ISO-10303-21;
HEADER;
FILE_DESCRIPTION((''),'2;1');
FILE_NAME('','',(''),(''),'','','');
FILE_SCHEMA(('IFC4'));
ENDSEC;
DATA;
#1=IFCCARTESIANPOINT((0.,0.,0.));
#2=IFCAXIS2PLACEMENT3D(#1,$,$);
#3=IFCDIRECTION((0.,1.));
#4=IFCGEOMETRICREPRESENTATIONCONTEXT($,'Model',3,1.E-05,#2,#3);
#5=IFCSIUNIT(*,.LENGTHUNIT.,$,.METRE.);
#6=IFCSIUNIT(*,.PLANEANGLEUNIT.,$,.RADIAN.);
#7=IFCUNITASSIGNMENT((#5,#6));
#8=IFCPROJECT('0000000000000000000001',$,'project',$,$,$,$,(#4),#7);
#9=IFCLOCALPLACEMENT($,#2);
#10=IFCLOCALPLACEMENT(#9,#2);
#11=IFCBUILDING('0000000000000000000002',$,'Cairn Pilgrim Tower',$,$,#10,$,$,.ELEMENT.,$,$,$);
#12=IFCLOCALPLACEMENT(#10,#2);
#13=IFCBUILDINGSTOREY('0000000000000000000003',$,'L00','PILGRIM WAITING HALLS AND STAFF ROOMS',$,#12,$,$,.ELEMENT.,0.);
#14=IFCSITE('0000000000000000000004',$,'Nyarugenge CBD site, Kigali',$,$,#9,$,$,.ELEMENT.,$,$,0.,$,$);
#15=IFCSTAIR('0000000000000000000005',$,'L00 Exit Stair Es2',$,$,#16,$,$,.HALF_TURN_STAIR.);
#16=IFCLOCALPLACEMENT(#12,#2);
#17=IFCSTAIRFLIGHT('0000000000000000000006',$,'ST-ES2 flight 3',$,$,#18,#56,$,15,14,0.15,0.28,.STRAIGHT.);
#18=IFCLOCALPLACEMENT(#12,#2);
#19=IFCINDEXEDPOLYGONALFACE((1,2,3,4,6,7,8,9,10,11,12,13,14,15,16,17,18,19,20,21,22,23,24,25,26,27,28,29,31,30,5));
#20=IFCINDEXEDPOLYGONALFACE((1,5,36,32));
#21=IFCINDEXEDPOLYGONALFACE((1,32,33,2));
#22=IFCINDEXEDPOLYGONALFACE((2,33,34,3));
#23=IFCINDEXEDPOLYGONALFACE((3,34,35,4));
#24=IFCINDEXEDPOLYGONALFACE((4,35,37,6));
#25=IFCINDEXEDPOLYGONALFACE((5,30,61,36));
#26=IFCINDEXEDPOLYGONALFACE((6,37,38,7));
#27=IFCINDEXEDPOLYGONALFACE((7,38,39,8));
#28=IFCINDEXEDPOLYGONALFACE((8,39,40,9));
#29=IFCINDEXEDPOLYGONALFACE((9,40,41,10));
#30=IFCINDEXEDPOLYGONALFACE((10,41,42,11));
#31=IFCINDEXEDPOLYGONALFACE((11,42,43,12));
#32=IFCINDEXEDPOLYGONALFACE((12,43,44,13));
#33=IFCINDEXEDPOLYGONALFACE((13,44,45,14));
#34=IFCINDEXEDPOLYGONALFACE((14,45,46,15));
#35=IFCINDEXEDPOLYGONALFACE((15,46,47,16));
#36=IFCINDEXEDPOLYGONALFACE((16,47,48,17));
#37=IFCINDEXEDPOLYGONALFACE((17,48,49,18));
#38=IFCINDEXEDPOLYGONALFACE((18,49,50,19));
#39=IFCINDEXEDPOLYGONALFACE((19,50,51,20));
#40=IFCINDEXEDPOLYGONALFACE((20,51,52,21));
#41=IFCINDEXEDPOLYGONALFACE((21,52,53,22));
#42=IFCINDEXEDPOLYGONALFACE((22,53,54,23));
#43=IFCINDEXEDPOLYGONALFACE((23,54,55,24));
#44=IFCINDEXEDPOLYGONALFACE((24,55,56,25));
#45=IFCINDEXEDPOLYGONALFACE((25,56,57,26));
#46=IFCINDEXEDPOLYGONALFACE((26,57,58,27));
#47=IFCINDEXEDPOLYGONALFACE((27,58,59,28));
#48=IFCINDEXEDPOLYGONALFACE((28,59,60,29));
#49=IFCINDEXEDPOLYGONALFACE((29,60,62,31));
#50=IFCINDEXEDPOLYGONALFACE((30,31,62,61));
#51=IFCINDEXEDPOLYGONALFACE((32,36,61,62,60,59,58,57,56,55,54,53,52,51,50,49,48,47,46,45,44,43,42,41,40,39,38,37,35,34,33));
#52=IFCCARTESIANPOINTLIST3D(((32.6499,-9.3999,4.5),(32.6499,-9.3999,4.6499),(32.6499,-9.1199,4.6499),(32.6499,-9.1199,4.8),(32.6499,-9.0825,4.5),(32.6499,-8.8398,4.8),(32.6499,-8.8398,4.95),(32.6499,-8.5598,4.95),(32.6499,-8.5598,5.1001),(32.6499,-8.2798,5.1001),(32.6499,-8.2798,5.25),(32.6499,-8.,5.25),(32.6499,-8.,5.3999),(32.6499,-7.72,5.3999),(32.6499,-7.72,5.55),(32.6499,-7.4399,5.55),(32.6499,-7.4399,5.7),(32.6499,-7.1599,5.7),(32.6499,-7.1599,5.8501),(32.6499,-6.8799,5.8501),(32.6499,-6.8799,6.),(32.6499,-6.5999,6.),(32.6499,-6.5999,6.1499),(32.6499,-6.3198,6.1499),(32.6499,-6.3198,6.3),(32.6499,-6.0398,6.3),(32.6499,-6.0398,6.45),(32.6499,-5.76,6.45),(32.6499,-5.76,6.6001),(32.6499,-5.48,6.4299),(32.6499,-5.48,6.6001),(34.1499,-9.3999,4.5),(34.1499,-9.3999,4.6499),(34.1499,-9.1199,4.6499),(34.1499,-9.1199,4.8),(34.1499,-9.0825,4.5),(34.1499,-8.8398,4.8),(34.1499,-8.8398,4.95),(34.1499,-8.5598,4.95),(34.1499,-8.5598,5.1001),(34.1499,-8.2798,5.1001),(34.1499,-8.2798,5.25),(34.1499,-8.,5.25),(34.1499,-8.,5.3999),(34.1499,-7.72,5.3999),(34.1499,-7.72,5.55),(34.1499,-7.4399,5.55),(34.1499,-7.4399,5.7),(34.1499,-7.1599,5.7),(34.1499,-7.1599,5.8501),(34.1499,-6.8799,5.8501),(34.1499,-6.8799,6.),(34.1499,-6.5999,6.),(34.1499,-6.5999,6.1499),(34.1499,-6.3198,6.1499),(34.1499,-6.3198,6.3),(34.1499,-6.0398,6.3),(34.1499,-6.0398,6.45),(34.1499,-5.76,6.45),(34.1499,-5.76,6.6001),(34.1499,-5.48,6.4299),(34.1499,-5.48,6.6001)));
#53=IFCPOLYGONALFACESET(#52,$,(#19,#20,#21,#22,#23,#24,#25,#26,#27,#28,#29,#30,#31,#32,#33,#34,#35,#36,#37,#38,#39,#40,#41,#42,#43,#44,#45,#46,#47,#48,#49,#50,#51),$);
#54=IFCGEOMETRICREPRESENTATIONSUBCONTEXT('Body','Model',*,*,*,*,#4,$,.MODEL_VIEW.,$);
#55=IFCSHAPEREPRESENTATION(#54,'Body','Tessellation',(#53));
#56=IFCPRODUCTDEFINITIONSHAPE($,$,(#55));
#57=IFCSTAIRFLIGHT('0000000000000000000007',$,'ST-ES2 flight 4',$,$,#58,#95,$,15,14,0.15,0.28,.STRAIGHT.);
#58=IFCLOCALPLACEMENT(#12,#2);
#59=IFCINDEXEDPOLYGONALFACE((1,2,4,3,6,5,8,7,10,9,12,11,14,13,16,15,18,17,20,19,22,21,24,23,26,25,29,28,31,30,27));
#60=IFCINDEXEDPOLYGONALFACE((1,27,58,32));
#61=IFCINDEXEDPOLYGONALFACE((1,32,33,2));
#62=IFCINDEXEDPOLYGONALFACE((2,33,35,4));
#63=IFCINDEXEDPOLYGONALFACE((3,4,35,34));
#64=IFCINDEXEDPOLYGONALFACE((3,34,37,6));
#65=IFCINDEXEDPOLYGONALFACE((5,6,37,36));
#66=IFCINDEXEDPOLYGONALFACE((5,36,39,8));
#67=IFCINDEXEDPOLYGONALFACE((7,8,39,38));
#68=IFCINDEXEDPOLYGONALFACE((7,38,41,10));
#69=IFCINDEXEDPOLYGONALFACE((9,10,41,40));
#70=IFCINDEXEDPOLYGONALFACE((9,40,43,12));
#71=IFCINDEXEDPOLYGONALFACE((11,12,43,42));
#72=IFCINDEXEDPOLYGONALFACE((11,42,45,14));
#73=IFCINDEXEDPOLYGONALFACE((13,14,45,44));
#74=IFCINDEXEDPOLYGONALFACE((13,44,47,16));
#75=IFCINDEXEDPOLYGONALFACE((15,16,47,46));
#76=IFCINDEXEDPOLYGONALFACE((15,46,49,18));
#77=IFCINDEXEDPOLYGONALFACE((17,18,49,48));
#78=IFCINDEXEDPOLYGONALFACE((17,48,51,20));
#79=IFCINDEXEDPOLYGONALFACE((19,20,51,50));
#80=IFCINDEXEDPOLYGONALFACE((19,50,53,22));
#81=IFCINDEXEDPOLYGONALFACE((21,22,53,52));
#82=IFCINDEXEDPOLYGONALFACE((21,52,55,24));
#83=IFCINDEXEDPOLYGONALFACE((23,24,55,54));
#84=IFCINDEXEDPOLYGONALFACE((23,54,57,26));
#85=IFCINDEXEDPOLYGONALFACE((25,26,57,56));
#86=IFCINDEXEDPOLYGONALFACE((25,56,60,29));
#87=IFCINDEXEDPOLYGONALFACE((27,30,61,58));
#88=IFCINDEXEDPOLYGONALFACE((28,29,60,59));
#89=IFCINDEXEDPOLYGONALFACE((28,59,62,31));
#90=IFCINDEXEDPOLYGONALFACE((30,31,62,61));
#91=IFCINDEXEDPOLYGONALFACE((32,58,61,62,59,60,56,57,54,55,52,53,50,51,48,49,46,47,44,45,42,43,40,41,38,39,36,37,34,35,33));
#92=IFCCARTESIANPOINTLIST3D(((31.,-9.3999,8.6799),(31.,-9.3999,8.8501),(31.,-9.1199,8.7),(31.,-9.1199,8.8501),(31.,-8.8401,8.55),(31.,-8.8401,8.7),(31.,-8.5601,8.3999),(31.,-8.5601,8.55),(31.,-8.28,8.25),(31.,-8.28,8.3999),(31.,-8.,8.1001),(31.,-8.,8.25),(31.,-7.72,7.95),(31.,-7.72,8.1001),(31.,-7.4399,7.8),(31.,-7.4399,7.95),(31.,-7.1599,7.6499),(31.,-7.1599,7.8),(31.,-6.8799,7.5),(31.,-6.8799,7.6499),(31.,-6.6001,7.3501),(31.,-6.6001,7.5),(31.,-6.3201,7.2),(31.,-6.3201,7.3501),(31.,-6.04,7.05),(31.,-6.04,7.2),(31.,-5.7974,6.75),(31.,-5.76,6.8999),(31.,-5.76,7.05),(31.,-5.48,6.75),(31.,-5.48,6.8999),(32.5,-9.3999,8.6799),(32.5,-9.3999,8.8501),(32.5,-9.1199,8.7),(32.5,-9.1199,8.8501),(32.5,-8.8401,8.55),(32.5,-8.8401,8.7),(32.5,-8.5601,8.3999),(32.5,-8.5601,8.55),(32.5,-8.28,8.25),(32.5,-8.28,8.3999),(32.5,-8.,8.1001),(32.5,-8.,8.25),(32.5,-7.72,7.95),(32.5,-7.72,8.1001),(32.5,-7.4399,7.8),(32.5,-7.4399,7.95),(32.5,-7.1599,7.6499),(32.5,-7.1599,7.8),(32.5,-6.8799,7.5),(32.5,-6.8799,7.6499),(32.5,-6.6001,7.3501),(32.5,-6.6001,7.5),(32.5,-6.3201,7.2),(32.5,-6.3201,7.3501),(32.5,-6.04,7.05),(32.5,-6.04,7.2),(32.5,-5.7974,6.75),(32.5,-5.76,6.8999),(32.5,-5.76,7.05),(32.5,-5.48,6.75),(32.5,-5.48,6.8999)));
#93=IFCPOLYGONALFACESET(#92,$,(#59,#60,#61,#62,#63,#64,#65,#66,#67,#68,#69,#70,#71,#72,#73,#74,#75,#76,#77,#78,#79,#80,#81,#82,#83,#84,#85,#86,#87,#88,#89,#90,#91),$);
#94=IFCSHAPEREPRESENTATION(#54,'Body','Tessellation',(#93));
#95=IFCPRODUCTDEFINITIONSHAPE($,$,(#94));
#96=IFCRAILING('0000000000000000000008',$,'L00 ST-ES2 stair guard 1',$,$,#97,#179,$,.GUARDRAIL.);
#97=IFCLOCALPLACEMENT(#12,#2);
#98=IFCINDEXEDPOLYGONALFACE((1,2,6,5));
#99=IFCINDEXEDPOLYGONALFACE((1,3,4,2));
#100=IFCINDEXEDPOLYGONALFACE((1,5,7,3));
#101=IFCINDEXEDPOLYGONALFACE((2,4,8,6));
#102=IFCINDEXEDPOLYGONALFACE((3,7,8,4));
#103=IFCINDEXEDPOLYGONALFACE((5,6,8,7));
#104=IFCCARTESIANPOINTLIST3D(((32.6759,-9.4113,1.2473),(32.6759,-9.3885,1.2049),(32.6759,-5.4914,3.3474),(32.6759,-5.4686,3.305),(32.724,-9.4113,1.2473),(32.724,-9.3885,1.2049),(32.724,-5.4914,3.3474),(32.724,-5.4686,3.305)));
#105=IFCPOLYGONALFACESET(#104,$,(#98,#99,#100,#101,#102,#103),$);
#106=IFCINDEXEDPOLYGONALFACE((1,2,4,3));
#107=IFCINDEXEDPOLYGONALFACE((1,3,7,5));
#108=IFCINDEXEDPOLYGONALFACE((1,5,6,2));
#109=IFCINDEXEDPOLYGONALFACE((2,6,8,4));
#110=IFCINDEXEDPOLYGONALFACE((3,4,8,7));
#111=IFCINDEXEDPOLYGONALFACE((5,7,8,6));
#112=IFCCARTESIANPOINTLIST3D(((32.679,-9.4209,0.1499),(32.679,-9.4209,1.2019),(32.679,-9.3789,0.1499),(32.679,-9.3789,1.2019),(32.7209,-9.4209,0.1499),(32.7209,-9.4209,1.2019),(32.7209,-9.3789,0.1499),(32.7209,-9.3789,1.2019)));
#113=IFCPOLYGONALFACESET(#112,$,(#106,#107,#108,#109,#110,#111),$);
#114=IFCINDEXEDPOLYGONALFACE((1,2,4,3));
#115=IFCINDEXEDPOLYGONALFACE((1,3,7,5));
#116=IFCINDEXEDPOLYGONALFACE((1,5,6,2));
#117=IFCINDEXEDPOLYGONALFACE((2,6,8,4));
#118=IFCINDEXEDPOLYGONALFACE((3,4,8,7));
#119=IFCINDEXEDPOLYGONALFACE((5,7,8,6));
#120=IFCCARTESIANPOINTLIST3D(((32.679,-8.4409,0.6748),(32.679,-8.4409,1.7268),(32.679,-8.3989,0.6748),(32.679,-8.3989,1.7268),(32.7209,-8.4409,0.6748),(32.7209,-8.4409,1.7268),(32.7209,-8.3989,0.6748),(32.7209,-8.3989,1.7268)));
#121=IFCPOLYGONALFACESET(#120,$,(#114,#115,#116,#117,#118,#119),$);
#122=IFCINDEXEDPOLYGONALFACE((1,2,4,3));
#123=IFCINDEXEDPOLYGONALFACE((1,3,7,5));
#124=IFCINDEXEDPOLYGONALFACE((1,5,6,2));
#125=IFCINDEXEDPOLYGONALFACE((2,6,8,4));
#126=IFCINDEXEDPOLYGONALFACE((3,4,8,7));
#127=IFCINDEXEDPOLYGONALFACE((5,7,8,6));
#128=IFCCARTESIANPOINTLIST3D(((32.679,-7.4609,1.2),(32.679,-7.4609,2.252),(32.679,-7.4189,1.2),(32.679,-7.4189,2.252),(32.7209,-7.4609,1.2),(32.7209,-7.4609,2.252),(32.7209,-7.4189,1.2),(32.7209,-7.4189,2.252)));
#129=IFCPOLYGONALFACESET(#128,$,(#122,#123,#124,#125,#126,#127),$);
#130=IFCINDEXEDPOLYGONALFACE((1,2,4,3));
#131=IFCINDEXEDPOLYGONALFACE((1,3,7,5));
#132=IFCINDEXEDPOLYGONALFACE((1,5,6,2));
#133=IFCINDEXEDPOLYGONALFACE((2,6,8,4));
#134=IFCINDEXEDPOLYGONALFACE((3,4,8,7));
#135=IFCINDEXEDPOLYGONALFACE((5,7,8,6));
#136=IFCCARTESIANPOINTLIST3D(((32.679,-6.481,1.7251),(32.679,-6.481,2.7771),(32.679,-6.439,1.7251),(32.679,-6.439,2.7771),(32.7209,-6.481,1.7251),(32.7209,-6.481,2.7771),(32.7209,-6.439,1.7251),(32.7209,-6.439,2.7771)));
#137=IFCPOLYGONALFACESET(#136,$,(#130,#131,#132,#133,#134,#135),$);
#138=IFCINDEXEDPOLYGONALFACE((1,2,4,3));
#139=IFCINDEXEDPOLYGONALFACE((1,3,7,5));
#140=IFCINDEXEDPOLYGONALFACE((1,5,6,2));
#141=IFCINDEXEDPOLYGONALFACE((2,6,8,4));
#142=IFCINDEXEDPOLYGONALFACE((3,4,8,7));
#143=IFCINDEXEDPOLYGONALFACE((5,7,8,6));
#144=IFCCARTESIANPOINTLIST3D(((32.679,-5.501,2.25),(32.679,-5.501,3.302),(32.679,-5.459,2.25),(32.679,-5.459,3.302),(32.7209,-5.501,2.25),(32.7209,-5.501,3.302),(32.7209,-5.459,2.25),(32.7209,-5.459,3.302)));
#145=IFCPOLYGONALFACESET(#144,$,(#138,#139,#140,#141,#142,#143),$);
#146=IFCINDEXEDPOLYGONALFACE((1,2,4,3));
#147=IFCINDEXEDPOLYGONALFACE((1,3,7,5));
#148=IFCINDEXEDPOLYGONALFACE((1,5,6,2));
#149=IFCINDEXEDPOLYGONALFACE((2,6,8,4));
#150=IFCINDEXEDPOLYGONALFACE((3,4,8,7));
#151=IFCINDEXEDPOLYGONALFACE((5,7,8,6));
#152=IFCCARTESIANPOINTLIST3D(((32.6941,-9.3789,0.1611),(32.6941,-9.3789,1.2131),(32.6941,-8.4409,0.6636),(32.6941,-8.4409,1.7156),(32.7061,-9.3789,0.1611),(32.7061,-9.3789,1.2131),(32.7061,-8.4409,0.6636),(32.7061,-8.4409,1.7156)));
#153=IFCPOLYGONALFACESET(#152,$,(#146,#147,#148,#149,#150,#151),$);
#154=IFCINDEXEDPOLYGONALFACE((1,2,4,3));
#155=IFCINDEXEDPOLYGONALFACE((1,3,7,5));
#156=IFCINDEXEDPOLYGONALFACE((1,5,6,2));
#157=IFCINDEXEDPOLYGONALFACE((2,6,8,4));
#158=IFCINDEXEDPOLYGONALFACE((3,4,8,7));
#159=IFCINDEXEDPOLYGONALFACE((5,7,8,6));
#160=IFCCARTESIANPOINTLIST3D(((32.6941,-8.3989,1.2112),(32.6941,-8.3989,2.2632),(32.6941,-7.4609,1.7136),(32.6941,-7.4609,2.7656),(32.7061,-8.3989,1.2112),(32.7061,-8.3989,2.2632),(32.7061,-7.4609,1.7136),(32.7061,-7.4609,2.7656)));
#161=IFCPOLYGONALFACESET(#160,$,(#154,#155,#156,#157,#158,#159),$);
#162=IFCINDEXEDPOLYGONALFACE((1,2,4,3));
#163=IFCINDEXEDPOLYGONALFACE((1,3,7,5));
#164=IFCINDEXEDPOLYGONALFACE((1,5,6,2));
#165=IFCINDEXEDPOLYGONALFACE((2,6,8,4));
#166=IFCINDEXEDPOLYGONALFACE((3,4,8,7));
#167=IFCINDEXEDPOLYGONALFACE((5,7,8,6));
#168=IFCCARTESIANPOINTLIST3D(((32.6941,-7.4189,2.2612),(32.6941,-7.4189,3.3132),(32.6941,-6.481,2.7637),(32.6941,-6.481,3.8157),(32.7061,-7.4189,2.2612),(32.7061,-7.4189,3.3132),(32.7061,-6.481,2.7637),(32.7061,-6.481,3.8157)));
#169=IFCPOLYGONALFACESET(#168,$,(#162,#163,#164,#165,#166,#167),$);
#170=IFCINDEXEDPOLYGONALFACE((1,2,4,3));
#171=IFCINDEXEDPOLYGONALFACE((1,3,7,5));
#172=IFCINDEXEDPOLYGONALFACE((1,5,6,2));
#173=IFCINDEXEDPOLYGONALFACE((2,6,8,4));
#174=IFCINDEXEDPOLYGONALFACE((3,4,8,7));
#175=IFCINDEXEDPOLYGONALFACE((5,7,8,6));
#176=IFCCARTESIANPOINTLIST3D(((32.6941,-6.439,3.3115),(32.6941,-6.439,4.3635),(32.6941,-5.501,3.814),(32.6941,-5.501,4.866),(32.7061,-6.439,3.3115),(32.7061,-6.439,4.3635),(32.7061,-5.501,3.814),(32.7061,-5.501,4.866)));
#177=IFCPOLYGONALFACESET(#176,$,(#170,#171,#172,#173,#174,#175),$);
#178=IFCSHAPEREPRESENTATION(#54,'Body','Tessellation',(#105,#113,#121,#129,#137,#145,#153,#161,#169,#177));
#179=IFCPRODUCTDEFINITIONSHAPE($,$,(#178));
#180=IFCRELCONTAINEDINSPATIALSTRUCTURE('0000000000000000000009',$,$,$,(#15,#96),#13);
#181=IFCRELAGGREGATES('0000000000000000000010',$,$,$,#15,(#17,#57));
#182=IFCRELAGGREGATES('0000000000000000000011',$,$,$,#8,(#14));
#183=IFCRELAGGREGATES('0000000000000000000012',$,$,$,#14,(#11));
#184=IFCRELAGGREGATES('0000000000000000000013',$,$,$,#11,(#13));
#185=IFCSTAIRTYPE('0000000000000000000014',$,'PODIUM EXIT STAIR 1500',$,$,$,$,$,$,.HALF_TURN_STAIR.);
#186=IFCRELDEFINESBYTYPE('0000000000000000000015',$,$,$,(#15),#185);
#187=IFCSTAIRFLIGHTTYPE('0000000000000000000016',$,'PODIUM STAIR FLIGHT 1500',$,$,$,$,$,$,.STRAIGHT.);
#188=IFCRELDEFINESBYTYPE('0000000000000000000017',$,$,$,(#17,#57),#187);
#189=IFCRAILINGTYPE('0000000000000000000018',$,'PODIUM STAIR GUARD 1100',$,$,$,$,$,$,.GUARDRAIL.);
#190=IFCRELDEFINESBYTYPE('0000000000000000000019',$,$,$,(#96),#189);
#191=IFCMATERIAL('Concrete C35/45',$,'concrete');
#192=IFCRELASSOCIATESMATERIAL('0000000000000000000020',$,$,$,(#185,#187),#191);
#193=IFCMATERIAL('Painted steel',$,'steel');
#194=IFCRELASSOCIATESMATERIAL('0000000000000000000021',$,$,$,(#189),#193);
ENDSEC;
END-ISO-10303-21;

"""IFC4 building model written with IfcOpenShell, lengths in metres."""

from ifc_helpers import new_model, si_unit, direction, frame, origin, origin_2d, place, context, subcontext, project, spatial, polyline, rectangle, outline, extrude, material, type_object, element, aggregate, save


model = new_model("IFC4")

# Units and contexts
model_context = context("Model", 3, precision=1e-05, world=origin(), true_north=direction((0.0, 1.0)))
body_context = subcontext(model_context, "Body", "Model", "MODEL_VIEW")
ifc_project = project(units=[si_unit("LENGTHUNIT", "METRE"), si_unit("PLANEANGLEUNIT", "RADIAN")], contexts=[model_context])

# Site, building, storey
site_placement = place(None, origin())
site = spatial("IfcSite", under=ifc_project, at=site_placement, Name="Nyarugenge CBD site, Kigali", CompositionType="ELEMENT", RefElevation=0.0)
building_placement = place(site_placement, origin())
building = spatial("IfcBuilding", under=site, at=building_placement, Name="Cairn Pilgrim Tower", CompositionType="ELEMENT")
storey_placement = place(building_placement, origin())
storey = spatial("IfcBuildingStorey", under=building, at=storey_placement, Name="L00", Description="PILGRIM WAITING HALLS AND STAFF ROOMS", CompositionType="ELEMENT", Elevation=0.0)

# Shared definitions
ifc_material_1 = material(Name="Concrete C35/45", Category="concrete")

# Stair, stair flights
stair_type = type_object("IfcStairType", Name="PODIUM EXIT STAIR 1500", PredefinedType="HALF_TURN_STAIR", material=ifc_material_1)
stair_placement = place(storey_placement, origin())
stair = element("IfcStair", 1, at=stair_placement, inside=storey, type_object=stair_type, Name="L00 Exit Stair Es2", PredefinedType="HALF_TURN_STAIR")
stair_flight_type = type_object("IfcStairFlightType", Name="PODIUM STAIR FLIGHT 1500", PredefinedType="STRAIGHT", material=ifc_material_1)
stair_flight_1_placement = place(storey_placement, frame((33.3999, -9.3999, 4.5), z_axis=(0.0, 0.0, 1.0), x_axis=(0.0, 1.0, 0.0)))
stair_flight_1 = element("IfcStairFlight", 2, at=stair_flight_1_placement, type_object=stair_flight_type, Name="ST-ES2 flight 3", NumberOfRisers=15, NumberOfTreads=14, PredefinedType="STRAIGHT", RiserHeight=0.15, TreadLength=0.28, context=body_context, shape_type="SweptSolid", body=[
    extrude(outline(polyline([(0.0, 0.0), (0.0, 0.1499), (0.28, 0.1499), (0.28, 0.3), (0.5601, 0.3), (0.5601, 0.45), (0.8401, 0.45), (0.8401, 0.6001), (1.1201, 0.6001), (1.1201, 0.75), (1.3999, 0.75), (1.3999, 0.8999), (1.6799, 0.8999), (1.6799, 1.05), (1.96, 1.05), (1.96, 1.2), (2.24, 1.2), (2.24, 1.3501), (2.52, 1.3501), (2.52, 1.5), (2.8, 1.5), (2.8, 1.6499), (3.0801, 1.6499), (3.0801, 1.8), (3.3601, 1.8), (3.3601, 1.95), (3.6399, 1.95), (3.6399, 2.1001), (3.9199, 2.1001), (3.9199, 2.25), (3.9199, 1.9299), (0.3174, 0.0), (0.0, 0.0)])), frame((0.0, 0.75, 0.0), z_axis=(0.0, -1.0, 0.0), x_axis=(1.0, 0.0, 0.0)), (0.0, 0.0, 1.0), 1.5),
])
stair_flight_2_placement = place(storey_placement, frame((31.75, -5.48, 6.75), z_axis=(0.0, 0.0, 1.0), x_axis=(0.0, -1.0, 0.0)))
stair_flight_2 = element("IfcStairFlight", 3, at=stair_flight_2_placement, type_object=stair_flight_type, Name="ST-ES2 flight 4", NumberOfRisers=15, NumberOfTreads=14, PredefinedType="STRAIGHT", RiserHeight=0.15, TreadLength=0.28, context=body_context, shape_type="SweptSolid", body=[
    extrude(outline(polyline([(0.0, 0.0), (0.0, 0.1499), (0.28, 0.1499), (0.28, 0.3), (0.5601, 0.3), (0.5601, 0.45), (0.8401, 0.45), (0.8401, 0.6001), (1.1201, 0.6001), (1.1201, 0.75), (1.3999, 0.75), (1.3999, 0.8999), (1.6799, 0.8999), (1.6799, 1.05), (1.96, 1.05), (1.96, 1.2), (2.24, 1.2), (2.24, 1.3501), (2.52, 1.3501), (2.52, 1.5), (2.8, 1.5), (2.8, 1.6499), (3.0801, 1.6499), (3.0801, 1.8), (3.3601, 1.8), (3.3601, 1.95), (3.6399, 1.95), (3.6399, 2.1001), (3.9199, 2.1001), (3.9199, 2.25), (3.9199, 1.9299), (0.3174, 0.0), (0.0, 0.0)])), frame((0.0, 0.75, 0.0), z_axis=(0.0, -1.0, 0.0), x_axis=(1.0, 0.0, 0.0)), (0.0, 0.0, 1.0), 1.5),
])
aggregate(stair, [stair_flight_1, stair_flight_2])

# Railing
ifc_material_2 = material(Name="Painted steel", Category="steel")
railing_type_1 = type_object("IfcRailingType", Name="PODIUM STAIR GUARD 1100", PredefinedType="GUARDRAIL", material=ifc_material_2)
railing_1_placement = place(storey_placement, frame((32.7, -9.3999, 0.1499)))
element("IfcRailing", 4, at=railing_1_placement, inside=storey, type_object=railing_type_1, Name="L00 ST-ES2 stair guard 1", PredefinedType="GUARDRAIL", context=body_context, shape_type="SweptSolid", body=[
    extrude(rectangle(XDim=0.0481, YDim=0.0481, at=origin_2d()), frame((0.0, 0.0, 1.0762), z_axis=(0.0, 0.881467, 0.472246), x_axis=(-1.0, 0.0, 0.0)), (0.0, 0.0, 1.0), 4.447),
    extrude(rectangle(XDim=0.042, YDim=0.042, at=origin_2d()), origin(), (0.0, 0.0, 1.0), 1.052),
    extrude(rectangle(XDim=0.042, YDim=0.042, at=origin_2d()), frame((0.0, 0.98, 0.5249)), (0.0, 0.0, 1.0), 1.052),
    extrude(rectangle(XDim=0.042, YDim=0.042, at=origin_2d()), frame((0.0, 1.96, 1.05)), (0.0, 0.0, 1.0), 1.052),
    extrude(rectangle(XDim=0.042, YDim=0.042, at=origin_2d()), frame((0.0, 2.9399, 1.5752)), (0.0, 0.0, 1.0), 1.052),
    extrude(rectangle(XDim=0.042, YDim=0.042, at=origin_2d()), frame((0.0, 3.9199, 2.1001)), (0.0, 0.0, 1.0), 1.052),
    extrude(outline(polyline([(0.021, 0.0112), (0.959, 0.5137), (0.959, 1.5657), (0.021, 1.0632), (0.021, 0.0112)])), frame((-0.0059, 0.0, 0.0), z_axis=(1.0, 0.0, 0.0), x_axis=(0.0, 1.0, 0.0)), (0.0, 0.0, 1.0), 0.012),
    extrude(outline(polyline([(0.021, 0.5364), (0.959, 1.0388), (0.959, 2.0908), (0.021, 1.5884), (0.021, 0.5364)])), frame((-0.0059, 0.98, 0.5249), z_axis=(1.0, 0.0, 0.0), x_axis=(0.0, 1.0, 0.0)), (0.0, 0.0, 1.0), 0.012),
    extrude(outline(polyline([(0.021, 1.0613), (0.959, 1.5637), (0.959, 2.6157), (0.021, 2.1133), (0.021, 1.0613)])), frame((-0.0059, 1.96, 1.05), z_axis=(1.0, 0.0, 0.0), x_axis=(0.0, 1.0, 0.0)), (0.0, 0.0, 1.0), 0.012),
    extrude(outline(polyline([(0.021, 1.5864), (0.959, 2.0889), (0.959, 3.1409), (0.021, 2.6384), (0.021, 1.5864)])), frame((-0.0059, 2.9399, 1.5752), z_axis=(1.0, 0.0, 0.0), x_axis=(0.0, 1.0, 0.0)), (0.0, 0.0, 1.0), 0.012),
])

save(model, "model.ifc")
